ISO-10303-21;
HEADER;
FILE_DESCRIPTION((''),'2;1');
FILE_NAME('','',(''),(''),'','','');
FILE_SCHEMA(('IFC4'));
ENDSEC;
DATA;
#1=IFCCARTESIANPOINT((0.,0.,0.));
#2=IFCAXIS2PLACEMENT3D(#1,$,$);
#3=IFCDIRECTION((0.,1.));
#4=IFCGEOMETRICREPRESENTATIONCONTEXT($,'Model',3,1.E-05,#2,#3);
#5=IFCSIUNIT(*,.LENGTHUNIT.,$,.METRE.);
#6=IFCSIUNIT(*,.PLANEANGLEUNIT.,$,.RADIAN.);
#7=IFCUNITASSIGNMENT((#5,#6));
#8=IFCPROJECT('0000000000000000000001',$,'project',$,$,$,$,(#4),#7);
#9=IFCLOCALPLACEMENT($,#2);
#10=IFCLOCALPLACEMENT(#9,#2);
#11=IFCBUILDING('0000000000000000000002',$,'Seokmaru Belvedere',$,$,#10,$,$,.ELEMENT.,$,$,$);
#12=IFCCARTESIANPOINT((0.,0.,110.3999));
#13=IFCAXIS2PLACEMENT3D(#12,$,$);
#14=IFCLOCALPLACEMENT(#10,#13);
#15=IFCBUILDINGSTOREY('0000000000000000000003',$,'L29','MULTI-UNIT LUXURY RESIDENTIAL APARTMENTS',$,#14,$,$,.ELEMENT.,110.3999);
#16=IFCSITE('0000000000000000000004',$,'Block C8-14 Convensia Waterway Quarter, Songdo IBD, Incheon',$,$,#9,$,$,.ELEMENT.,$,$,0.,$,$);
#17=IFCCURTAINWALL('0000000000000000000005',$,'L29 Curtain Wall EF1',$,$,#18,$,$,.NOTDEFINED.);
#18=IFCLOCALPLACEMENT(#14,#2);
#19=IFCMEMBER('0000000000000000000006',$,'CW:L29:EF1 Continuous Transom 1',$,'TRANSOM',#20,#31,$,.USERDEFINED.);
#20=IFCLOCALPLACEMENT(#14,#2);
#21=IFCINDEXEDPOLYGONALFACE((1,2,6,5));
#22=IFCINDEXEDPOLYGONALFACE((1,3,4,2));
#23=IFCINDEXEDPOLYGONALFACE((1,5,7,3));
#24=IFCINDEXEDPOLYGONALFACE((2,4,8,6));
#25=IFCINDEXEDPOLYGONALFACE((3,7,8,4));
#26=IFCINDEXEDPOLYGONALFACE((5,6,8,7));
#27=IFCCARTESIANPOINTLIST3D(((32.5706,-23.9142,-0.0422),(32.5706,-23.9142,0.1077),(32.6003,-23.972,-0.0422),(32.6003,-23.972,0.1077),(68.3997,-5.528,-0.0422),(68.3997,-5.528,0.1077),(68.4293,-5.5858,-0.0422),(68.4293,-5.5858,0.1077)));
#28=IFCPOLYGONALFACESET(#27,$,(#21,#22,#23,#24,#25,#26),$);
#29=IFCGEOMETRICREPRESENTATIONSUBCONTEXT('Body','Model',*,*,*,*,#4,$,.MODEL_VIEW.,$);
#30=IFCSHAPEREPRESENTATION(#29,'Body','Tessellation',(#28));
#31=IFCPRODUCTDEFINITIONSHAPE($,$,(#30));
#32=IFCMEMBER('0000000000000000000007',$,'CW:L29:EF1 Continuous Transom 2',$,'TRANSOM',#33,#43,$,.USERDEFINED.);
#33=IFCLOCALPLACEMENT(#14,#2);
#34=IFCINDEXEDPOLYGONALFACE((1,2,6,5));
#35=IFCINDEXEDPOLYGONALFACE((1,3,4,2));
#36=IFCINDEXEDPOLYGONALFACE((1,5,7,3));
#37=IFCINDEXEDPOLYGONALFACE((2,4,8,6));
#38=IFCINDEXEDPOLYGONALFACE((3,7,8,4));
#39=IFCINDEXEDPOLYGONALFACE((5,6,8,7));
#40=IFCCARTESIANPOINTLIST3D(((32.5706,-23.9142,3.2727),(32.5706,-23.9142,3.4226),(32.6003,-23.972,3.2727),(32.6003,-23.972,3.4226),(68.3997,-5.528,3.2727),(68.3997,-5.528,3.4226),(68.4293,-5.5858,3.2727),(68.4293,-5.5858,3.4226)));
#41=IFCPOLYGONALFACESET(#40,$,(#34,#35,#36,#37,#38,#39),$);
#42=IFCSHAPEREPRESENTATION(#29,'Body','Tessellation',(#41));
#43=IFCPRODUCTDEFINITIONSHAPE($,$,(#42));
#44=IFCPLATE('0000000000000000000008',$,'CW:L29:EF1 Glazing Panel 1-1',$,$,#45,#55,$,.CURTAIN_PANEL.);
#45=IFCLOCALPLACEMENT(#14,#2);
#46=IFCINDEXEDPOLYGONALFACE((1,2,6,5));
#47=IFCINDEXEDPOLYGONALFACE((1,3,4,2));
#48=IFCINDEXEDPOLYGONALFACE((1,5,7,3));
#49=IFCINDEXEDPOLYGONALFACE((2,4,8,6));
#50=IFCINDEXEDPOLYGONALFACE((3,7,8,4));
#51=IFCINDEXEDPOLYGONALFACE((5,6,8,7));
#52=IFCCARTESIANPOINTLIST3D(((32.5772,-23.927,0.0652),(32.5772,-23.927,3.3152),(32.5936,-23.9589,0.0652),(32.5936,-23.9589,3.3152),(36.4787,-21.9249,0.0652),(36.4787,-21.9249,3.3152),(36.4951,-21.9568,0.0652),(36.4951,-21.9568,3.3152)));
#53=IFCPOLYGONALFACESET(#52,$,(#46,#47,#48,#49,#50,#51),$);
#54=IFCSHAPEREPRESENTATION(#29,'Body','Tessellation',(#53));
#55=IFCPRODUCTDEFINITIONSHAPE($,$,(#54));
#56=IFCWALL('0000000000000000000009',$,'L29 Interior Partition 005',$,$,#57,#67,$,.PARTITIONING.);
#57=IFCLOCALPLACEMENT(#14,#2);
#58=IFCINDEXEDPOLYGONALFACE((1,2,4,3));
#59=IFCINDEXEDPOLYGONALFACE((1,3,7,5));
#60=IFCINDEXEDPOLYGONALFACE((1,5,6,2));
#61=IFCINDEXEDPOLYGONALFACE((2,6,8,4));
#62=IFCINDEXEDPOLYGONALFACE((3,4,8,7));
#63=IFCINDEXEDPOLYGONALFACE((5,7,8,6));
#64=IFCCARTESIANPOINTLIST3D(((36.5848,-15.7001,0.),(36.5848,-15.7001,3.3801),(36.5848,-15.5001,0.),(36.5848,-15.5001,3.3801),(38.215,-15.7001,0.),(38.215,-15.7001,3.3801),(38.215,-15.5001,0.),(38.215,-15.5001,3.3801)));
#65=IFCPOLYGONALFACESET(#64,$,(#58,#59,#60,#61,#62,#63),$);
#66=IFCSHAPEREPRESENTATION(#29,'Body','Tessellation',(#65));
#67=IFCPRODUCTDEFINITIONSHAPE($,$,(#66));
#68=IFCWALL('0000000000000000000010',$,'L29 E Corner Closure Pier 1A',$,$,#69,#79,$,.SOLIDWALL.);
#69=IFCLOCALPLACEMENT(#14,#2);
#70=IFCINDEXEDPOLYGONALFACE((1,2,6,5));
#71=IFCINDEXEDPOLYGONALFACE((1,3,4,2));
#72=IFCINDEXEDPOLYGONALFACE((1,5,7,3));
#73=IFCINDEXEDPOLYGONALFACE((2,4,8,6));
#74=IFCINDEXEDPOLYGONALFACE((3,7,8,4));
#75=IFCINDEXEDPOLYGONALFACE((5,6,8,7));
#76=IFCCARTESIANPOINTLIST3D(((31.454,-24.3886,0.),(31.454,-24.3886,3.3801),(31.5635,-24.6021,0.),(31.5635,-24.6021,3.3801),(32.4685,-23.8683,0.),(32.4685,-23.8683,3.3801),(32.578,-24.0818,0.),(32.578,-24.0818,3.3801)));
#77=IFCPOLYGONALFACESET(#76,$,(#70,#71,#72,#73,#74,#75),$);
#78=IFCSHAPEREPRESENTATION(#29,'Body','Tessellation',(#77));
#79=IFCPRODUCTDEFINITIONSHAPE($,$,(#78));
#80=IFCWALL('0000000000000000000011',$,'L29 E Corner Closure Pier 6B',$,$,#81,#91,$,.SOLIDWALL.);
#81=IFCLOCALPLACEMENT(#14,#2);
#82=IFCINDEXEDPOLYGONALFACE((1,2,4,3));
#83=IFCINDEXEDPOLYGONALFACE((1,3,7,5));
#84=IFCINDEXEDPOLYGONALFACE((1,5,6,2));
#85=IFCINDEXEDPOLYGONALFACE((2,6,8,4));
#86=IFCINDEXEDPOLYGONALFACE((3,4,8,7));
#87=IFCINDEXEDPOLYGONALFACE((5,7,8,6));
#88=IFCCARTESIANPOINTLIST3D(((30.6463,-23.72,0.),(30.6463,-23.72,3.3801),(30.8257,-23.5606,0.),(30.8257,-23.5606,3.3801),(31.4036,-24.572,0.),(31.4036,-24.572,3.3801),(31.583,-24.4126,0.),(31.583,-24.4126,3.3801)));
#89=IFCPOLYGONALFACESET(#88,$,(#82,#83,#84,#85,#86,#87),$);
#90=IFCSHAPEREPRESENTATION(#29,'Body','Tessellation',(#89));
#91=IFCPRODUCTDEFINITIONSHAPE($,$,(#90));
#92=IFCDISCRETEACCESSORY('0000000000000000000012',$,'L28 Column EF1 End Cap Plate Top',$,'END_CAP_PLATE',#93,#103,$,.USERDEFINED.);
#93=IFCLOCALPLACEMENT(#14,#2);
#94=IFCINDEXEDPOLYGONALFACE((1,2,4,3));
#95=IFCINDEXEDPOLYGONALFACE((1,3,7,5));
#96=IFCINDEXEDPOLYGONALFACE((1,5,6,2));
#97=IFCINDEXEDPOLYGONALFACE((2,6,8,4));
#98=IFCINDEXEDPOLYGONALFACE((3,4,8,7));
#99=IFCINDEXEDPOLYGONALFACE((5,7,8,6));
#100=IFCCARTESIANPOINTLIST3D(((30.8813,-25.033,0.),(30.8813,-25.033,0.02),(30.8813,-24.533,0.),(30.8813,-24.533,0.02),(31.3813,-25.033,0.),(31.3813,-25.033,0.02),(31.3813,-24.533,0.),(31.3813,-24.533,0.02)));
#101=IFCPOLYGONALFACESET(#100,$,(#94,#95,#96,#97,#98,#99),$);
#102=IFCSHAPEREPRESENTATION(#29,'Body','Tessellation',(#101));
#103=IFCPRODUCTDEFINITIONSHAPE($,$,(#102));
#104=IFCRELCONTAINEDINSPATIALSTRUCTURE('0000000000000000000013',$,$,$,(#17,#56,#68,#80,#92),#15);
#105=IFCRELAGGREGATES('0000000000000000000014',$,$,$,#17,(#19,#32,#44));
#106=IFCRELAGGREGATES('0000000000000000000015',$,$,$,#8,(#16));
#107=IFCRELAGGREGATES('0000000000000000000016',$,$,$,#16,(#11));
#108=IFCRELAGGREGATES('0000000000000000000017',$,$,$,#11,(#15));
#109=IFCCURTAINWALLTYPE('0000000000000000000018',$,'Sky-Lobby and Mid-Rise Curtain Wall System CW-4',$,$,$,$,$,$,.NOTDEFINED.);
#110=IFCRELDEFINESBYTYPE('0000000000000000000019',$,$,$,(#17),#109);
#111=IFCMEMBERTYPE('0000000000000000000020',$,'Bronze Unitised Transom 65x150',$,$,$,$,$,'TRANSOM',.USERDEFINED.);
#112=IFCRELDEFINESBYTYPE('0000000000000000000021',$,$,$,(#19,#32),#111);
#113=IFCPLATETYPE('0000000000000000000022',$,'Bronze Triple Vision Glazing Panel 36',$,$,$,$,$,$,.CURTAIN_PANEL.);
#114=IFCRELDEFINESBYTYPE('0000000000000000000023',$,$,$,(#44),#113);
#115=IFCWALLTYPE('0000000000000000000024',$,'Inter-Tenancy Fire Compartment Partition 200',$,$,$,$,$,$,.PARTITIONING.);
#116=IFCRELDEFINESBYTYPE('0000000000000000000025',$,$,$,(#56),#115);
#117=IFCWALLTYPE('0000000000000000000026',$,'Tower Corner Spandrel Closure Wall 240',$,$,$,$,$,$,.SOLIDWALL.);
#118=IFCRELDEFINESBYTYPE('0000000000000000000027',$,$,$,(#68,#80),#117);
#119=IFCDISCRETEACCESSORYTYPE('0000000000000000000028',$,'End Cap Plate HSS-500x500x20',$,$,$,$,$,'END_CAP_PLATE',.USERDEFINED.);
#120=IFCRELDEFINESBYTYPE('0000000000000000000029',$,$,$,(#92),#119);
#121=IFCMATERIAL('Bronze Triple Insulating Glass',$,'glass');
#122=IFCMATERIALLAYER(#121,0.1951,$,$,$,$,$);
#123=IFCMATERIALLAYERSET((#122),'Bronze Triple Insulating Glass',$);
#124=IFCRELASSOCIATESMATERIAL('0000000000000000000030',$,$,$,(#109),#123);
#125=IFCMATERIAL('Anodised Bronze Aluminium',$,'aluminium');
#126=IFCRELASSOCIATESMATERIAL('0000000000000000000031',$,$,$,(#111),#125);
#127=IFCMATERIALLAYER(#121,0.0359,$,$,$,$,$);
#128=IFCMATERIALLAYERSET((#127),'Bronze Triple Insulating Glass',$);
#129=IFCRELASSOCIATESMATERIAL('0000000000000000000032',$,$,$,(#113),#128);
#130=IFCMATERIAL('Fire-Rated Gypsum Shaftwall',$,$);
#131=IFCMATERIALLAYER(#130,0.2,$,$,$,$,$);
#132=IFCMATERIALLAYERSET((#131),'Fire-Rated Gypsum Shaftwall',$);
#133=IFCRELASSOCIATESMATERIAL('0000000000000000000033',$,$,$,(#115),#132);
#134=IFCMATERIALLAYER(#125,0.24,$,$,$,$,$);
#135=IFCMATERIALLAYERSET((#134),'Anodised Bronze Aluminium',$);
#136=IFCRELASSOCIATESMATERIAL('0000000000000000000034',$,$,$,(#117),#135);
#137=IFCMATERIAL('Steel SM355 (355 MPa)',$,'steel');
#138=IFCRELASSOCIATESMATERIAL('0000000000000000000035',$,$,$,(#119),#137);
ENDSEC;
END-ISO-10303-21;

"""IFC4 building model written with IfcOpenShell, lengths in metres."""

from ifc_helpers import new_model, si_unit, direction, frame, frame_2d, origin, origin_2d, place, context, subcontext, project, spatial, rectangle, extrude, source, transform, mapped, material, layer, layer_set, material_profile, profile_set, type_object, type_shapes, element, aggregate, save


model = new_model("IFC4")

# Units and contexts
model_context = context("Model", 3, precision=1e-05, world=origin(), true_north=direction((0.0, 1.0)))
body_context = subcontext(model_context, "Body", "Model", "MODEL_VIEW")
ifc_project = project(units=[si_unit("LENGTHUNIT", "METRE"), si_unit("PLANEANGLEUNIT", "RADIAN")], contexts=[model_context])

# Site, building, storey
site_placement = place(None, origin())
site = spatial("IfcSite", under=ifc_project, at=site_placement, Name="Block C8-14 Convensia Waterway Quarter, Songdo IBD, Incheon", CompositionType="ELEMENT", RefElevation=0.0)
building_placement = place(site_placement, origin())
building = spatial("IfcBuilding", under=site, at=building_placement, Name="Seokmaru Belvedere", CompositionType="ELEMENT")
storey_placement = place(building_placement, frame((0.0, 0.0, 110.3999)))
storey = spatial("IfcBuildingStorey", under=building, at=storey_placement, Name="L29", Description="MULTI-UNIT LUXURY RESIDENTIAL APARTMENTS", CompositionType="ELEMENT", Elevation=110.3999)

# Shared definitions
ifc_material_1 = material(Name="Steel SM355 (355 MPa)", Category="steel")

# Curtain wall
ifc_material_2 = material(Name="Bronze Triple Insulating Glass", Category="glass")
ifc_layer_1 = layer(ifc_material_2, 0.1951)
ifc_layer_set_1 = layer_set([ifc_layer_1], Name="Bronze Triple Insulating Glass")
curtain_wall_type = type_object("IfcCurtainWallType", Name="Sky-Lobby and Mid-Rise Curtain Wall System CW-4", PredefinedType="NOTDEFINED", material=ifc_layer_set_1)
curtain_wall_1_placement = place(storey_placement, origin())
curtain_wall_1 = element("IfcCurtainWall", 1, at=curtain_wall_1_placement, inside=storey, type_object=curtain_wall_type, Name="L29 Curtain Wall EF1", PredefinedType="NOTDEFINED")
ifc_material_3 = material(Name="Anodised Bronze Aluminium", Category="aluminium")

# Members
ifc_material_profile_1 = material_profile(ifc_material_3, rectangle(XDim=0.0649, YDim=0.1499, at=origin_2d()), Name="CW-T-65x150")
ifc_profile_set_1 = profile_set([ifc_material_profile_1], Name="Anodised Bronze Aluminium")
member_type_1 = type_object("IfcMemberType", Name="Bronze Unitised Transom 65x150", ElementType="TRANSOM", PredefinedType="USERDEFINED", material=ifc_profile_set_1)
shared_shape_1 = source(origin(), body_context, "Body", "SweptSolid", [
    extrude(rectangle(XDim=0.0649, YDim=0.1499, at=origin_2d()), origin(), (0.0, 0.0, 1.0), 40.2712),
])
type_shapes(member_type_1, [shared_shape_1])
member_1_placement = place(storey_placement, frame((32.5854, -23.9431, 0.0327), z_axis=(0.889693, 0.456559, 0.0), x_axis=(-0.456559, 0.889693, 0.0)))
member_1 = element("IfcMember", 2, at=member_1_placement, type_object=member_type_1, Name="CW:L29:EF1 Continuous Transom 1", ObjectType="TRANSOM", PredefinedType="USERDEFINED", context=body_context, shape_type="MappedRepresentation", body=[
    mapped(shared_shape_1, transform((0.0, 0.0, 0.0), scale=1.0)),
])
member_2_placement = place(storey_placement, frame((32.5854, -23.9431, 3.3477), z_axis=(0.889693, 0.456559, 0.0), x_axis=(-0.456559, 0.889693, 0.0)))
member_2 = element("IfcMember", 3, at=member_2_placement, type_object=member_type_1, Name="CW:L29:EF1 Continuous Transom 2", ObjectType="TRANSOM", PredefinedType="USERDEFINED", context=body_context, shape_type="MappedRepresentation", body=[
    mapped(shared_shape_1, transform((0.0, 0.0, 0.0), scale=1.0)),
])

# Plate
ifc_layer_2 = layer(ifc_material_2, 0.0359)
ifc_layer_set_2 = layer_set([ifc_layer_2], Name="Bronze Triple Insulating Glass")
plate_type = type_object("IfcPlateType", Name="Bronze Triple Vision Glazing Panel 36", PredefinedType="CURTAIN_PANEL", material=ifc_layer_set_2)
shared_shape_2 = source(origin(), body_context, "Body", "SweptSolid", [
    extrude(rectangle(XDim=4.3853, YDim=0.0359, at=origin_2d()), origin(), (0.0, 0.0, 1.0), 3.25),
])
type_shapes(plate_type, [shared_shape_2])
plate_placement = place(storey_placement, frame((34.5361, -22.9419, 0.0652), z_axis=(0.0, 0.0, 1.0), x_axis=(0.889695, 0.456555, 0.0)))
plate = element("IfcPlate", 4, at=plate_placement, type_object=plate_type, Name="CW:L29:EF1 Glazing Panel 1-1", PredefinedType="CURTAIN_PANEL", context=body_context, shape_type="MappedRepresentation", body=[
    mapped(shared_shape_2, transform((0.0, 0.0, 0.0), scale=1.0)),
])
aggregate(curtain_wall_1, [member_1, member_2, plate])

# Shared definitions
ifc_material_4 = material(Name="Fire-Rated Gypsum Shaftwall")

# Walls
ifc_layer_3 = layer(ifc_material_4, 0.2)
ifc_layer_set_3 = layer_set([ifc_layer_3], Name="Fire-Rated Gypsum Shaftwall")
wall_type_1 = type_object("IfcWallType", Name="Inter-Tenancy Fire Compartment Partition 200", PredefinedType="PARTITIONING", material=ifc_layer_set_3)
wall_1_placement = place(storey_placement, frame((36.585, -15.6001, 0.0), z_axis=(0.0, 0.0, 1.0), x_axis=(1.0, 0.0, 0.0)))
element("IfcWall", 5, at=wall_1_placement, inside=storey, type_object=wall_type_1, Name="L29 Interior Partition 005", PredefinedType="PARTITIONING", context=body_context, shape_type="SweptSolid", body=[
    extrude(rectangle(XDim=1.6301, YDim=0.2, at=frame_2d((0.8149, 0.0))), origin(), (0.0, 0.0, 1.0), 3.3801),
])
ifc_layer_4 = layer(ifc_material_3, 0.24)
ifc_layer_set_4 = layer_set([ifc_layer_4], Name="Anodised Bronze Aluminium")
wall_type_2 = type_object("IfcWallType", Name="Tower Corner Spandrel Closure Wall 240", PredefinedType="SOLIDWALL", material=ifc_layer_set_4)
wall_2_placement = place(storey_placement, frame((31.5088, -24.4954, 0.0), z_axis=(0.0, 0.0, 1.0), x_axis=(0.889797, 0.456356, 0.0)))
element("IfcWall", 6, at=wall_2_placement, inside=storey, type_object=wall_type_2, Name="L29 E Corner Closure Pier 1A", PredefinedType="SOLIDWALL", context=body_context, shape_type="SweptSolid", body=[
    extrude(rectangle(XDim=1.1401, YDim=0.24, at=frame_2d((0.5701, 0.0))), origin(), (0.0, 0.0, 1.0), 3.3801),
])
wall_3_placement = place(storey_placement, frame((30.7361, -23.6404, 0.0), z_axis=(0.0, 0.0, 1.0), x_axis=(0.664337, -0.747433, 0.0)))
element("IfcWall", 7, at=wall_3_placement, inside=storey, type_object=wall_type_2, Name="L29 E Corner Closure Pier 6B", PredefinedType="SOLIDWALL", context=body_context, shape_type="SweptSolid", body=[
    extrude(rectangle(XDim=1.1399, YDim=0.24, at=frame_2d((0.5698, 0.0))), origin(), (0.0, 0.0, 1.0), 3.3801),
])

# Discrete accessory
discrete_accessory_type = type_object("IfcDiscreteAccessoryType", Name="End Cap Plate HSS-500x500x20", ElementType="END_CAP_PLATE", PredefinedType="USERDEFINED", material=ifc_material_1)
shared_shape_3 = source(origin(), body_context, "Body", "SweptSolid", [
    extrude(rectangle(XDim=0.5, YDim=0.5, at=origin_2d()), origin(), (0.0, 0.0, 1.0), 0.02),
])
type_shapes(discrete_accessory_type, [shared_shape_3])
discrete_accessory_placement = place(storey_placement, frame((31.1313, -24.783, 0.0), z_axis=(0.0, 0.0, 1.0), x_axis=(1.0, 0.0, 0.0)))
element("IfcDiscreteAccessory", 8, at=discrete_accessory_placement, inside=storey, type_object=discrete_accessory_type, Name="L28 Column EF1 End Cap Plate Top", ObjectType="END_CAP_PLATE", PredefinedType="USERDEFINED", context=body_context, shape_type="MappedRepresentation", body=[
    mapped(shared_shape_3, transform((0.0, 0.0, 0.0), scale=1.0)),
])

save(model, "model.ifc")
